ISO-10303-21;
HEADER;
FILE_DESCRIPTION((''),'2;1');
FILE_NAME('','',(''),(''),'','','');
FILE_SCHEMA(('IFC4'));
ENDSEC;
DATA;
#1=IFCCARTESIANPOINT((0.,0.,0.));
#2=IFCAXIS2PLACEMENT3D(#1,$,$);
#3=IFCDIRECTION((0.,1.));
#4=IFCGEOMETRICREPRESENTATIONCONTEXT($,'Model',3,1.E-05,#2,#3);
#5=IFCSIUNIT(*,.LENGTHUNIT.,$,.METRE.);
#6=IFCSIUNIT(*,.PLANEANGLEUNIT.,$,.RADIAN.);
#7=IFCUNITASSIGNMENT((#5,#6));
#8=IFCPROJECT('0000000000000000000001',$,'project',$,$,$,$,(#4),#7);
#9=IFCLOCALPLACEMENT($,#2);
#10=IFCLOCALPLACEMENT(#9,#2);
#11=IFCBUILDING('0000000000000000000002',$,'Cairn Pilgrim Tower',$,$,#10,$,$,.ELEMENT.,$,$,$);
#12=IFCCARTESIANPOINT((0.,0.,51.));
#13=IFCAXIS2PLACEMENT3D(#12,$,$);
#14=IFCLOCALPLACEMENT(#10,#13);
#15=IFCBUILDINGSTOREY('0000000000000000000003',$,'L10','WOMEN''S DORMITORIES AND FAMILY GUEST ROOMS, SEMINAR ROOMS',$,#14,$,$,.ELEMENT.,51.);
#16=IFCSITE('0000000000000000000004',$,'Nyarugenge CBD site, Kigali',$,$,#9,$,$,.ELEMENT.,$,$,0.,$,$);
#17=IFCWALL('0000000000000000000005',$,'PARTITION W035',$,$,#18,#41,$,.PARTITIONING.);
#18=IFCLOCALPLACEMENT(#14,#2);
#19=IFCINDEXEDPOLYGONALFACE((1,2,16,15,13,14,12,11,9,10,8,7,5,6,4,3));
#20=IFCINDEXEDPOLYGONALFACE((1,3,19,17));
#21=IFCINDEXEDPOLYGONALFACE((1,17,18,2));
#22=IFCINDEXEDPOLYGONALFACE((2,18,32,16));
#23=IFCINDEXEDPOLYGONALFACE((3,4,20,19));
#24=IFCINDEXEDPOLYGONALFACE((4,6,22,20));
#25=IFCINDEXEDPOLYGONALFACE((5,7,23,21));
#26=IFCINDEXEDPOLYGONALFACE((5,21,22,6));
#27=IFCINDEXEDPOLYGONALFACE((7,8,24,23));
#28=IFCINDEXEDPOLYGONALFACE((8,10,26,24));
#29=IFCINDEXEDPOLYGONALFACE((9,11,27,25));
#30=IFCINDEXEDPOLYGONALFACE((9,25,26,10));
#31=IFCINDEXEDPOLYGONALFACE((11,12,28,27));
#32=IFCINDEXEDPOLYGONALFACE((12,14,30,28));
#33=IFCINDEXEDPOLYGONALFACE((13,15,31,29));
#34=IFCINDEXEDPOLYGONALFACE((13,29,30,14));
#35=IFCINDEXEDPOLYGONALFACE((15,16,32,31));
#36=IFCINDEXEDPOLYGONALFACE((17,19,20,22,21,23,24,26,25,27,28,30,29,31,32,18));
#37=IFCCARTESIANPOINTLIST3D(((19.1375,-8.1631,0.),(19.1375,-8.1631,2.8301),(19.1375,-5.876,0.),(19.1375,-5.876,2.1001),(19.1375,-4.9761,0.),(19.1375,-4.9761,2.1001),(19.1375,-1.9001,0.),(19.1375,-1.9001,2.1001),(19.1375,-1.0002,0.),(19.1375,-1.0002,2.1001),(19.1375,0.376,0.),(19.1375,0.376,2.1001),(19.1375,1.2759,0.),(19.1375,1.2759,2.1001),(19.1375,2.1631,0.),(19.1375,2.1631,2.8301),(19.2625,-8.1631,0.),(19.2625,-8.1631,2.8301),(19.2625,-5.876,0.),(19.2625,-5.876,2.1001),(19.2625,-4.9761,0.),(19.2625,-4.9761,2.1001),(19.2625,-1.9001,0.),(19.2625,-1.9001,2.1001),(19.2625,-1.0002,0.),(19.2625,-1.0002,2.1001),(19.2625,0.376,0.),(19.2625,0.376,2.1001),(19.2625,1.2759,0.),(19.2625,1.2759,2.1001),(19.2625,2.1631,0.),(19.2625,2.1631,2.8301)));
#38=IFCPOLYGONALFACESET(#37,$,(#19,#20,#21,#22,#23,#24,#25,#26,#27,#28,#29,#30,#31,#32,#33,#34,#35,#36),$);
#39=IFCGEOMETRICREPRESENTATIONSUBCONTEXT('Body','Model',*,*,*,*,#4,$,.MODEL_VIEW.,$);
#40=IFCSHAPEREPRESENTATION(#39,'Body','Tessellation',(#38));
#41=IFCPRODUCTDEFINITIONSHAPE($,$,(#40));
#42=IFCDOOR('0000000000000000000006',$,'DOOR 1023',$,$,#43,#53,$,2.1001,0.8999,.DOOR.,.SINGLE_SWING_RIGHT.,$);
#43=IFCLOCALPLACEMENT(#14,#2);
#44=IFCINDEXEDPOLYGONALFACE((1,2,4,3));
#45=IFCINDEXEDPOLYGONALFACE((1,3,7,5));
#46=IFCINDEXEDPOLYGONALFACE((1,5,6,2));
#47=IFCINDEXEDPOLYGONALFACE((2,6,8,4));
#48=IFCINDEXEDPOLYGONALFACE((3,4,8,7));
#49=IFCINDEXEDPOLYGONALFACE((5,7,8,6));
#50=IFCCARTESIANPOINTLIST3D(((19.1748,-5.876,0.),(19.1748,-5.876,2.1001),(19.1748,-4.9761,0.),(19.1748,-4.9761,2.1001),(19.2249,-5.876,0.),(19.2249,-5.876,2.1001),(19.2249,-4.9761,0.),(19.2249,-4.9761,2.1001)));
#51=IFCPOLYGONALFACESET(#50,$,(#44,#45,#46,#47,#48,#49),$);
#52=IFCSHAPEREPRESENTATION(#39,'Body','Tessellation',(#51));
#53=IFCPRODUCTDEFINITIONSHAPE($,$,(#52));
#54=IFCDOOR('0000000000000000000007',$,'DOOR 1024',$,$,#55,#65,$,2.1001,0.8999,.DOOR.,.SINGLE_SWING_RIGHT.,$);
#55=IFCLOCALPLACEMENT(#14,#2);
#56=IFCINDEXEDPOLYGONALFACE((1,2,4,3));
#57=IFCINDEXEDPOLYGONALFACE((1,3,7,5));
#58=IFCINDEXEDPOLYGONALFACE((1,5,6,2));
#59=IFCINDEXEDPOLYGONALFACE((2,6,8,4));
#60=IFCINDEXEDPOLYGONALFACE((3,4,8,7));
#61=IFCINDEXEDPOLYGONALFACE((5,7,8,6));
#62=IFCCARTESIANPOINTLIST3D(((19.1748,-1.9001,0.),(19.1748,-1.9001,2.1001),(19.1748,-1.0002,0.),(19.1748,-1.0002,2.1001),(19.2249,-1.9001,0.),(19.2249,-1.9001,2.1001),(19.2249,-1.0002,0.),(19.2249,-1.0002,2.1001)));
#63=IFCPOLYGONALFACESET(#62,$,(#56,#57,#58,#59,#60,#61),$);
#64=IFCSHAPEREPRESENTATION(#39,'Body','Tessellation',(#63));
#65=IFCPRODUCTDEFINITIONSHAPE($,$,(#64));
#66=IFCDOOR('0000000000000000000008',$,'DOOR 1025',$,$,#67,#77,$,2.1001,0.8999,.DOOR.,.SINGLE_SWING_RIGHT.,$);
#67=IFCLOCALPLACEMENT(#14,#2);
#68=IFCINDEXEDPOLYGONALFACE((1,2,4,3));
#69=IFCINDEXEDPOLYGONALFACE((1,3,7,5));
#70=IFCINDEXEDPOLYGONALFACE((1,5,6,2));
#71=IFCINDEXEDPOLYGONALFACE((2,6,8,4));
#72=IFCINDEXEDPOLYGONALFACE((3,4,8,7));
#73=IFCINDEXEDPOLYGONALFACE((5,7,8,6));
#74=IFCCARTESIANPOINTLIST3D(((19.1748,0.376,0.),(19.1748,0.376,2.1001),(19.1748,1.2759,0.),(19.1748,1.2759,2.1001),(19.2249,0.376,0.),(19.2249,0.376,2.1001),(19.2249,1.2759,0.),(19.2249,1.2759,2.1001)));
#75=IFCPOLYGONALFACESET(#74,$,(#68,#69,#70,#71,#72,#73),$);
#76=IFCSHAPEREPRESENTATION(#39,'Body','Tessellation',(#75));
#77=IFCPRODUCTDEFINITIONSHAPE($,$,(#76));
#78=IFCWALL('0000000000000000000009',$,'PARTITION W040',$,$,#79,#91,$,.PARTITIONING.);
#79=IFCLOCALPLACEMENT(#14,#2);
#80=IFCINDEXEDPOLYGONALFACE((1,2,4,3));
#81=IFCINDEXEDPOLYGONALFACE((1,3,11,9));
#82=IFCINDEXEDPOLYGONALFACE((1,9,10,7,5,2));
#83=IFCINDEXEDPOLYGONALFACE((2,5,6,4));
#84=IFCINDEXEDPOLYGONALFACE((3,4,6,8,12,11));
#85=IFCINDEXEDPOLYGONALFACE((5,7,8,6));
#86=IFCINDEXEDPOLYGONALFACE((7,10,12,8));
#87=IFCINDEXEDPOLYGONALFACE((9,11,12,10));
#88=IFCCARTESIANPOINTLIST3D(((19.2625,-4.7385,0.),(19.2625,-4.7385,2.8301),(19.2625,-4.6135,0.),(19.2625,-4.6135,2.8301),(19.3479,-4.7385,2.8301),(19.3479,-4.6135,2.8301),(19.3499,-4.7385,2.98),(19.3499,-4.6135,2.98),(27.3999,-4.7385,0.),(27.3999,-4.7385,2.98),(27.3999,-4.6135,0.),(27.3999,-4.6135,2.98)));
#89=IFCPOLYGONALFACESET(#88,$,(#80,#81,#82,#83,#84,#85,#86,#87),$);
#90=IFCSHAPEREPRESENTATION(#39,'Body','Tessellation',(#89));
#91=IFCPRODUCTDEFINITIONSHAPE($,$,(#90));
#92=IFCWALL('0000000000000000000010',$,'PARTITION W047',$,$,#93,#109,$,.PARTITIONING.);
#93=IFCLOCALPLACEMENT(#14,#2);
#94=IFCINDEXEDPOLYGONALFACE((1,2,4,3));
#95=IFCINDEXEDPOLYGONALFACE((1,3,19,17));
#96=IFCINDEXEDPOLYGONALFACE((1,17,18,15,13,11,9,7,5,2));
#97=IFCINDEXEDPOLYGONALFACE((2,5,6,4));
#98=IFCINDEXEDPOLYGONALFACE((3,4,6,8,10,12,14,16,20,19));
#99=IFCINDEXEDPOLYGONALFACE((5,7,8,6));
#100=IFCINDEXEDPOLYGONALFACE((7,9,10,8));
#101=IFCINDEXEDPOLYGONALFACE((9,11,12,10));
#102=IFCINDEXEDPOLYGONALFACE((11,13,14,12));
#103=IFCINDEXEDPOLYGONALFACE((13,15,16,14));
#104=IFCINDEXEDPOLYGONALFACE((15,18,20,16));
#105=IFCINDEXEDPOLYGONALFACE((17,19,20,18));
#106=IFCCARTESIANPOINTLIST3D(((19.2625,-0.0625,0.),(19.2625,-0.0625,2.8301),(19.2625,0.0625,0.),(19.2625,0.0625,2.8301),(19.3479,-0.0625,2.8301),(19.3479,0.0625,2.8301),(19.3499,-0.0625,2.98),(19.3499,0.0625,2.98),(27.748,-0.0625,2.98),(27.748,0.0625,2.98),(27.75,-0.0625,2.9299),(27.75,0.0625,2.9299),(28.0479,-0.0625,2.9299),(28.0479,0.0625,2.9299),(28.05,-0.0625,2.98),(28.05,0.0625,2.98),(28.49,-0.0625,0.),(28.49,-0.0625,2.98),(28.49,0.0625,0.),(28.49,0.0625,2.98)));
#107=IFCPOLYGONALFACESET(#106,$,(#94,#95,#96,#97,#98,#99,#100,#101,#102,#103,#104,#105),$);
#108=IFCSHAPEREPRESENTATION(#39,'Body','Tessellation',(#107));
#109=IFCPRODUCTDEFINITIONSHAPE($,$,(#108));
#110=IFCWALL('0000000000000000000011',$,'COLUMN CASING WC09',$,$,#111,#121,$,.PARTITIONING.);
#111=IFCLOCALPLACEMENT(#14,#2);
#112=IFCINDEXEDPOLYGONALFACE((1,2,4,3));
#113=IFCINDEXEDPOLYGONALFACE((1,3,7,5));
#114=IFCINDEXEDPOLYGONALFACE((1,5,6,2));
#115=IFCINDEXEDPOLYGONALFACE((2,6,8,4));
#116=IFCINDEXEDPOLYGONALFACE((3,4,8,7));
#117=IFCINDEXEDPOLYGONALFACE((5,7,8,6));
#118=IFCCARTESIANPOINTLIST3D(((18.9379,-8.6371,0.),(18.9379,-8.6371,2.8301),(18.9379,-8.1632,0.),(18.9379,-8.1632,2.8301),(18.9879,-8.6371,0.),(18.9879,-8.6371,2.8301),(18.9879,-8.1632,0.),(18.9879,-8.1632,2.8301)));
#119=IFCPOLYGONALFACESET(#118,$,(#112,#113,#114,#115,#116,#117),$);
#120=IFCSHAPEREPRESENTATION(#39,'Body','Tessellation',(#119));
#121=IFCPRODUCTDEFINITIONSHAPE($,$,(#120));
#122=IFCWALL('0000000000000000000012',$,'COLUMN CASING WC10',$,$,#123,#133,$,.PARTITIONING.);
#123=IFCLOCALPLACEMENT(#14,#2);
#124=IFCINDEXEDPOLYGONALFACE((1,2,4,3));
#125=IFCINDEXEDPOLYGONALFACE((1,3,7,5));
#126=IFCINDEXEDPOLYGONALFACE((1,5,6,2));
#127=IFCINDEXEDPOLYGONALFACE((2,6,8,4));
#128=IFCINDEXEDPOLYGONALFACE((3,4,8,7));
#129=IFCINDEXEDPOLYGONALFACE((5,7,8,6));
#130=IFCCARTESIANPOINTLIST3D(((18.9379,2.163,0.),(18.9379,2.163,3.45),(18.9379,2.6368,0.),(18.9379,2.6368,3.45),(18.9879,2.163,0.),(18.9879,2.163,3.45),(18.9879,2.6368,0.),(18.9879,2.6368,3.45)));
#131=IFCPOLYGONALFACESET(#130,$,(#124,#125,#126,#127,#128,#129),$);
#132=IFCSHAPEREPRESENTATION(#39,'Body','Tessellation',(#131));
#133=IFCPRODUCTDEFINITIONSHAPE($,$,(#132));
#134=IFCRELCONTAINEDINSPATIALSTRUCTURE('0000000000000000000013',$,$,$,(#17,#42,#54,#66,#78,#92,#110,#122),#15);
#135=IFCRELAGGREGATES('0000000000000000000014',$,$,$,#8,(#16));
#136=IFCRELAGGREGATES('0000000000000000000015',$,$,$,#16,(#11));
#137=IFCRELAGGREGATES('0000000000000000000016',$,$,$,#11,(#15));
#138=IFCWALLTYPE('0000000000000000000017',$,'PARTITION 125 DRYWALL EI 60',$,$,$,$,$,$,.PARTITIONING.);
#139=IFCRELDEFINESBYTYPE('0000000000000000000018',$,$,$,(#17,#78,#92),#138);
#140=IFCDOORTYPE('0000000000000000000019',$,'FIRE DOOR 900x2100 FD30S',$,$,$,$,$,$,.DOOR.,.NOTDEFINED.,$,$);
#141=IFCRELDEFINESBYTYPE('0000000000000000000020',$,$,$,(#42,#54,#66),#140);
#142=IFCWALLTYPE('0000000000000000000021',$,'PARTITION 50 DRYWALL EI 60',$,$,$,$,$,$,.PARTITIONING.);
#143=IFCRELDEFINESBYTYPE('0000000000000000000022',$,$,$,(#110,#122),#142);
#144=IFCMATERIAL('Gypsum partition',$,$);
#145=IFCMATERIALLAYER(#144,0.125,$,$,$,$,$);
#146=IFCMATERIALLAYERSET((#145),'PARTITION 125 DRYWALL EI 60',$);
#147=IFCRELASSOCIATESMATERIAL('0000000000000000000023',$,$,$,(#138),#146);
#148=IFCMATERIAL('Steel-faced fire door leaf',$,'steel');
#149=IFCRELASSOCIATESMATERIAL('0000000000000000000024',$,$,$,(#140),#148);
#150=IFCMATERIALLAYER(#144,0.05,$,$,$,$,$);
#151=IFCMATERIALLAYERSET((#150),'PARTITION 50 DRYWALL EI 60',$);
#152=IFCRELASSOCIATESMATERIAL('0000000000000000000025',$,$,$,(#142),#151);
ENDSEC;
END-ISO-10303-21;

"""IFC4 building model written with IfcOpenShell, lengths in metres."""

from ifc_helpers import new_model, si_unit, direction, frame, frame_2d, origin, place, context, subcontext, project, spatial, polyline, rectangle, outline, extrude, material, layer, layer_set, type_object, element, fill, save


model = new_model("IFC4")

# Units and contexts
model_context = context("Model", 3, precision=1e-05, world=origin(), true_north=direction((0.0, 1.0)))
body_context = subcontext(model_context, "Body", "Model", "MODEL_VIEW")
ifc_project = project(units=[si_unit("LENGTHUNIT", "METRE"), si_unit("PLANEANGLEUNIT", "RADIAN")], contexts=[model_context])

# Site, building, storey
site_placement = place(None, origin())
site = spatial("IfcSite", under=ifc_project, at=site_placement, Name="Nyarugenge CBD site, Kigali", CompositionType="ELEMENT", RefElevation=0.0)
building_placement = place(site_placement, origin())
building = spatial("IfcBuilding", under=site, at=building_placement, Name="Cairn Pilgrim Tower", CompositionType="ELEMENT")
storey_placement = place(building_placement, frame((0.0, 0.0, 51.0)))
storey = spatial("IfcBuildingStorey", under=building, at=storey_placement, Name="L10", Description="WOMEN'S DORMITORIES AND FAMILY GUEST ROOMS, SEMINAR ROOMS", CompositionType="ELEMENT", Elevation=51.0)

# Shared definitions
ifc_material_1 = material(Name="Gypsum partition")

# Shared definitions
ifc_layer_1 = layer(ifc_material_1, 0.125)
ifc_layer_set_1 = layer_set([ifc_layer_1], Name="PARTITION 125 DRYWALL EI 60")
wall_type_1 = type_object("IfcWallType", Name="PARTITION 125 DRYWALL EI 60", PredefinedType="PARTITIONING", material=ifc_layer_set_1)

# Wall, openings, doors
wall_1_placement = place(storey_placement, frame((19.2, -8.1631, 0.0), z_axis=(0.0, 0.0, 1.0), x_axis=(0.0, 1.0, 0.0)))
wall_1 = element("IfcWall", 1, at=wall_1_placement, inside=storey, type_object=wall_type_1, Name="PARTITION W035", PredefinedType="PARTITIONING", context=body_context, shape_type="SweptSolid", body=[
    extrude(rectangle(XDim=10.3262, YDim=0.125, at=frame_2d((5.1631, 0.0))), origin(), (0.0, 0.0, 1.0), 2.8301),
])
opening_1_placement = place(wall_1_placement, frame((2.2871, 0.0, 0.0)))
opening_1 = element("IfcOpeningElement", 2, at=opening_1_placement, cuts=wall_1, PredefinedType="OPENING", context=body_context, shape_type="SweptSolid", body=[
    extrude(rectangle(XDim=0.8999, YDim=2.1001, at=frame_2d((0.45, 1.05))), frame((0.0, 0.0725, 0.0), z_axis=(0.0, -1.0, 0.0), x_axis=(1.0, 0.0, 0.0)), (0.0, 0.0, 1.0), 0.145),
])
opening_2_placement = place(wall_1_placement, frame((6.2629, 0.0, 0.0)))
opening_2 = element("IfcOpeningElement", 3, at=opening_2_placement, cuts=wall_1, PredefinedType="OPENING", context=body_context, shape_type="SweptSolid", body=[
    extrude(rectangle(XDim=0.8999, YDim=2.1001, at=frame_2d((0.45, 1.05))), frame((0.0, 0.0725, 0.0), z_axis=(0.0, -1.0, 0.0), x_axis=(1.0, 0.0, 0.0)), (0.0, 0.0, 1.0), 0.145),
])
opening_3_placement = place(wall_1_placement, frame((8.5391, 0.0, 0.0)))
opening_3 = element("IfcOpeningElement", 4, at=opening_3_placement, cuts=wall_1, PredefinedType="OPENING", context=body_context, shape_type="SweptSolid", body=[
    extrude(rectangle(XDim=0.8999, YDim=2.1001, at=frame_2d((0.45, 1.05))), frame((0.0, 0.0725, 0.0), z_axis=(0.0, -1.0, 0.0), x_axis=(1.0, 0.0, 0.0)), (0.0, 0.0, 1.0), 0.145),
])
ifc_material_2 = material(Name="Steel-faced fire door leaf", Category="steel")
door_type_1 = type_object("IfcDoorType", Name="FIRE DOOR 900x2100 FD30S", OperationType="NOTDEFINED", PredefinedType="DOOR", material=ifc_material_2)
door_1_placement = place(opening_1_placement, frame((0.8999, 0.0, 0.0), z_axis=(0.0, 0.0, 1.0), x_axis=(-1.0, 0.0, 0.0)))
door_1 = element("IfcDoor", 5, at=door_1_placement, inside=storey, type_object=door_type_1, Name="DOOR 1023", OperationType="SINGLE_SWING_RIGHT", OverallHeight=2.1001, OverallWidth=0.8999, PredefinedType="DOOR", context=body_context, shape_type="SweptSolid", body=[
    extrude(rectangle(XDim=0.8999, YDim=2.1001, at=frame_2d((0.45, 1.05))), frame((0.0, 0.0249, 0.0), z_axis=(0.0, -1.0, 0.0), x_axis=(1.0, 0.0, 0.0)), (0.0, 0.0, 1.0), 0.05),
])
fill(opening_1, door_1)
door_2_placement = place(opening_2_placement, frame((0.8999, 0.0, 0.0), z_axis=(0.0, 0.0, 1.0), x_axis=(-1.0, 0.0, 0.0)))
door_2 = element("IfcDoor", 6, at=door_2_placement, inside=storey, type_object=door_type_1, Name="DOOR 1024", OperationType="SINGLE_SWING_RIGHT", OverallHeight=2.1001, OverallWidth=0.8999, PredefinedType="DOOR", context=body_context, shape_type="SweptSolid", body=[
    extrude(rectangle(XDim=0.8999, YDim=2.1001, at=frame_2d((0.45, 1.05))), frame((0.0, 0.0249, 0.0), z_axis=(0.0, -1.0, 0.0), x_axis=(1.0, 0.0, 0.0)), (0.0, 0.0, 1.0), 0.05),
])
fill(opening_2, door_2)
door_3_placement = place(opening_3_placement, frame((0.8999, 0.0, 0.0), z_axis=(0.0, 0.0, 1.0), x_axis=(-1.0, 0.0, 0.0)))
door_3 = element("IfcDoor", 7, at=door_3_placement, inside=storey, type_object=door_type_1, Name="DOOR 1025", OperationType="SINGLE_SWING_RIGHT", OverallHeight=2.1001, OverallWidth=0.8999, PredefinedType="DOOR", context=body_context, shape_type="SweptSolid", body=[
    extrude(rectangle(XDim=0.8999, YDim=2.1001, at=frame_2d((0.45, 1.05))), frame((0.0, 0.0249, 0.0), z_axis=(0.0, -1.0, 0.0), x_axis=(1.0, 0.0, 0.0)), (0.0, 0.0, 1.0), 0.05),
])
fill(opening_3, door_3)

# Walls
wall_2_placement = place(storey_placement, frame((19.2625, -4.676, 0.0), z_axis=(0.0, 0.0, 1.0), x_axis=(1.0, 0.0, 0.0)))
element("IfcWall", 8, at=wall_2_placement, inside=storey, type_object=wall_type_1, Name="PARTITION W040", PredefinedType="PARTITIONING", context=body_context, shape_type="SweptSolid", body=[
    extrude(outline(polyline([(0.0, 0.0), (8.1375, 0.0), (8.1375, 2.98), (0.0874, 2.98), (0.0854, 2.8301), (0.0, 2.8301), (0.0, 0.0)])), frame((0.0, 0.0625, 0.0), z_axis=(0.0, -1.0, 0.0), x_axis=(1.0, 0.0, 0.0)), (0.0, 0.0, 1.0), 0.125),
])
wall_3_placement = place(storey_placement, frame((19.2625, 0.0, 0.0), z_axis=(0.0, 0.0, 1.0), x_axis=(1.0, 0.0, 0.0)))
element("IfcWall", 9, at=wall_3_placement, inside=storey, type_object=wall_type_1, Name="PARTITION W047", PredefinedType="PARTITIONING", context=body_context, shape_type="SweptSolid", body=[
    extrude(outline(polyline([(0.0, 0.0), (9.2275, 0.0), (9.2275, 2.98), (8.7876, 2.98), (8.7854, 2.9299), (8.4875, 2.9299), (8.4856, 2.98), (0.0874, 2.98), (0.0854, 2.8301), (0.0, 2.8301), (0.0, 0.0)])), frame((0.0, 0.0625, 0.0), z_axis=(0.0, -1.0, 0.0), x_axis=(1.0, 0.0, 0.0)), (0.0, 0.0, 1.0), 0.125),
])
ifc_layer_2 = layer(ifc_material_1, 0.05)
ifc_layer_set_2 = layer_set([ifc_layer_2], Name="PARTITION 50 DRYWALL EI 60")
wall_type_2 = type_object("IfcWallType", Name="PARTITION 50 DRYWALL EI 60", PredefinedType="PARTITIONING", material=ifc_layer_set_2)
wall_4_placement = place(storey_placement, frame((18.9629, -8.637, 0.0), z_axis=(0.0, 0.0, 1.0), x_axis=(0.0, 1.0, 0.0)))
element("IfcWall", 10, at=wall_4_placement, inside=storey, type_object=wall_type_2, Name="COLUMN CASING WC09", PredefinedType="PARTITIONING", context=body_context, shape_type="SweptSolid", body=[
    extrude(rectangle(XDim=0.4739, YDim=0.05, at=frame_2d((0.2368, 0.0))), origin(), (0.0, 0.0, 1.0), 2.8301),
])
wall_5_placement = place(storey_placement, frame((18.9629, 2.1631, 0.0), z_axis=(0.0, 0.0, 1.0), x_axis=(0.0, 1.0, 0.0)))
element("IfcWall", 11, at=wall_5_placement, inside=storey, type_object=wall_type_2, Name="COLUMN CASING WC10", PredefinedType="PARTITIONING", context=body_context, shape_type="SweptSolid", body=[
    extrude(rectangle(XDim=0.4739, YDim=0.05, at=frame_2d((0.2368, 0.0))), origin(), (0.0, 0.0, 1.0), 3.45),
])

save(model, "model.ifc")
